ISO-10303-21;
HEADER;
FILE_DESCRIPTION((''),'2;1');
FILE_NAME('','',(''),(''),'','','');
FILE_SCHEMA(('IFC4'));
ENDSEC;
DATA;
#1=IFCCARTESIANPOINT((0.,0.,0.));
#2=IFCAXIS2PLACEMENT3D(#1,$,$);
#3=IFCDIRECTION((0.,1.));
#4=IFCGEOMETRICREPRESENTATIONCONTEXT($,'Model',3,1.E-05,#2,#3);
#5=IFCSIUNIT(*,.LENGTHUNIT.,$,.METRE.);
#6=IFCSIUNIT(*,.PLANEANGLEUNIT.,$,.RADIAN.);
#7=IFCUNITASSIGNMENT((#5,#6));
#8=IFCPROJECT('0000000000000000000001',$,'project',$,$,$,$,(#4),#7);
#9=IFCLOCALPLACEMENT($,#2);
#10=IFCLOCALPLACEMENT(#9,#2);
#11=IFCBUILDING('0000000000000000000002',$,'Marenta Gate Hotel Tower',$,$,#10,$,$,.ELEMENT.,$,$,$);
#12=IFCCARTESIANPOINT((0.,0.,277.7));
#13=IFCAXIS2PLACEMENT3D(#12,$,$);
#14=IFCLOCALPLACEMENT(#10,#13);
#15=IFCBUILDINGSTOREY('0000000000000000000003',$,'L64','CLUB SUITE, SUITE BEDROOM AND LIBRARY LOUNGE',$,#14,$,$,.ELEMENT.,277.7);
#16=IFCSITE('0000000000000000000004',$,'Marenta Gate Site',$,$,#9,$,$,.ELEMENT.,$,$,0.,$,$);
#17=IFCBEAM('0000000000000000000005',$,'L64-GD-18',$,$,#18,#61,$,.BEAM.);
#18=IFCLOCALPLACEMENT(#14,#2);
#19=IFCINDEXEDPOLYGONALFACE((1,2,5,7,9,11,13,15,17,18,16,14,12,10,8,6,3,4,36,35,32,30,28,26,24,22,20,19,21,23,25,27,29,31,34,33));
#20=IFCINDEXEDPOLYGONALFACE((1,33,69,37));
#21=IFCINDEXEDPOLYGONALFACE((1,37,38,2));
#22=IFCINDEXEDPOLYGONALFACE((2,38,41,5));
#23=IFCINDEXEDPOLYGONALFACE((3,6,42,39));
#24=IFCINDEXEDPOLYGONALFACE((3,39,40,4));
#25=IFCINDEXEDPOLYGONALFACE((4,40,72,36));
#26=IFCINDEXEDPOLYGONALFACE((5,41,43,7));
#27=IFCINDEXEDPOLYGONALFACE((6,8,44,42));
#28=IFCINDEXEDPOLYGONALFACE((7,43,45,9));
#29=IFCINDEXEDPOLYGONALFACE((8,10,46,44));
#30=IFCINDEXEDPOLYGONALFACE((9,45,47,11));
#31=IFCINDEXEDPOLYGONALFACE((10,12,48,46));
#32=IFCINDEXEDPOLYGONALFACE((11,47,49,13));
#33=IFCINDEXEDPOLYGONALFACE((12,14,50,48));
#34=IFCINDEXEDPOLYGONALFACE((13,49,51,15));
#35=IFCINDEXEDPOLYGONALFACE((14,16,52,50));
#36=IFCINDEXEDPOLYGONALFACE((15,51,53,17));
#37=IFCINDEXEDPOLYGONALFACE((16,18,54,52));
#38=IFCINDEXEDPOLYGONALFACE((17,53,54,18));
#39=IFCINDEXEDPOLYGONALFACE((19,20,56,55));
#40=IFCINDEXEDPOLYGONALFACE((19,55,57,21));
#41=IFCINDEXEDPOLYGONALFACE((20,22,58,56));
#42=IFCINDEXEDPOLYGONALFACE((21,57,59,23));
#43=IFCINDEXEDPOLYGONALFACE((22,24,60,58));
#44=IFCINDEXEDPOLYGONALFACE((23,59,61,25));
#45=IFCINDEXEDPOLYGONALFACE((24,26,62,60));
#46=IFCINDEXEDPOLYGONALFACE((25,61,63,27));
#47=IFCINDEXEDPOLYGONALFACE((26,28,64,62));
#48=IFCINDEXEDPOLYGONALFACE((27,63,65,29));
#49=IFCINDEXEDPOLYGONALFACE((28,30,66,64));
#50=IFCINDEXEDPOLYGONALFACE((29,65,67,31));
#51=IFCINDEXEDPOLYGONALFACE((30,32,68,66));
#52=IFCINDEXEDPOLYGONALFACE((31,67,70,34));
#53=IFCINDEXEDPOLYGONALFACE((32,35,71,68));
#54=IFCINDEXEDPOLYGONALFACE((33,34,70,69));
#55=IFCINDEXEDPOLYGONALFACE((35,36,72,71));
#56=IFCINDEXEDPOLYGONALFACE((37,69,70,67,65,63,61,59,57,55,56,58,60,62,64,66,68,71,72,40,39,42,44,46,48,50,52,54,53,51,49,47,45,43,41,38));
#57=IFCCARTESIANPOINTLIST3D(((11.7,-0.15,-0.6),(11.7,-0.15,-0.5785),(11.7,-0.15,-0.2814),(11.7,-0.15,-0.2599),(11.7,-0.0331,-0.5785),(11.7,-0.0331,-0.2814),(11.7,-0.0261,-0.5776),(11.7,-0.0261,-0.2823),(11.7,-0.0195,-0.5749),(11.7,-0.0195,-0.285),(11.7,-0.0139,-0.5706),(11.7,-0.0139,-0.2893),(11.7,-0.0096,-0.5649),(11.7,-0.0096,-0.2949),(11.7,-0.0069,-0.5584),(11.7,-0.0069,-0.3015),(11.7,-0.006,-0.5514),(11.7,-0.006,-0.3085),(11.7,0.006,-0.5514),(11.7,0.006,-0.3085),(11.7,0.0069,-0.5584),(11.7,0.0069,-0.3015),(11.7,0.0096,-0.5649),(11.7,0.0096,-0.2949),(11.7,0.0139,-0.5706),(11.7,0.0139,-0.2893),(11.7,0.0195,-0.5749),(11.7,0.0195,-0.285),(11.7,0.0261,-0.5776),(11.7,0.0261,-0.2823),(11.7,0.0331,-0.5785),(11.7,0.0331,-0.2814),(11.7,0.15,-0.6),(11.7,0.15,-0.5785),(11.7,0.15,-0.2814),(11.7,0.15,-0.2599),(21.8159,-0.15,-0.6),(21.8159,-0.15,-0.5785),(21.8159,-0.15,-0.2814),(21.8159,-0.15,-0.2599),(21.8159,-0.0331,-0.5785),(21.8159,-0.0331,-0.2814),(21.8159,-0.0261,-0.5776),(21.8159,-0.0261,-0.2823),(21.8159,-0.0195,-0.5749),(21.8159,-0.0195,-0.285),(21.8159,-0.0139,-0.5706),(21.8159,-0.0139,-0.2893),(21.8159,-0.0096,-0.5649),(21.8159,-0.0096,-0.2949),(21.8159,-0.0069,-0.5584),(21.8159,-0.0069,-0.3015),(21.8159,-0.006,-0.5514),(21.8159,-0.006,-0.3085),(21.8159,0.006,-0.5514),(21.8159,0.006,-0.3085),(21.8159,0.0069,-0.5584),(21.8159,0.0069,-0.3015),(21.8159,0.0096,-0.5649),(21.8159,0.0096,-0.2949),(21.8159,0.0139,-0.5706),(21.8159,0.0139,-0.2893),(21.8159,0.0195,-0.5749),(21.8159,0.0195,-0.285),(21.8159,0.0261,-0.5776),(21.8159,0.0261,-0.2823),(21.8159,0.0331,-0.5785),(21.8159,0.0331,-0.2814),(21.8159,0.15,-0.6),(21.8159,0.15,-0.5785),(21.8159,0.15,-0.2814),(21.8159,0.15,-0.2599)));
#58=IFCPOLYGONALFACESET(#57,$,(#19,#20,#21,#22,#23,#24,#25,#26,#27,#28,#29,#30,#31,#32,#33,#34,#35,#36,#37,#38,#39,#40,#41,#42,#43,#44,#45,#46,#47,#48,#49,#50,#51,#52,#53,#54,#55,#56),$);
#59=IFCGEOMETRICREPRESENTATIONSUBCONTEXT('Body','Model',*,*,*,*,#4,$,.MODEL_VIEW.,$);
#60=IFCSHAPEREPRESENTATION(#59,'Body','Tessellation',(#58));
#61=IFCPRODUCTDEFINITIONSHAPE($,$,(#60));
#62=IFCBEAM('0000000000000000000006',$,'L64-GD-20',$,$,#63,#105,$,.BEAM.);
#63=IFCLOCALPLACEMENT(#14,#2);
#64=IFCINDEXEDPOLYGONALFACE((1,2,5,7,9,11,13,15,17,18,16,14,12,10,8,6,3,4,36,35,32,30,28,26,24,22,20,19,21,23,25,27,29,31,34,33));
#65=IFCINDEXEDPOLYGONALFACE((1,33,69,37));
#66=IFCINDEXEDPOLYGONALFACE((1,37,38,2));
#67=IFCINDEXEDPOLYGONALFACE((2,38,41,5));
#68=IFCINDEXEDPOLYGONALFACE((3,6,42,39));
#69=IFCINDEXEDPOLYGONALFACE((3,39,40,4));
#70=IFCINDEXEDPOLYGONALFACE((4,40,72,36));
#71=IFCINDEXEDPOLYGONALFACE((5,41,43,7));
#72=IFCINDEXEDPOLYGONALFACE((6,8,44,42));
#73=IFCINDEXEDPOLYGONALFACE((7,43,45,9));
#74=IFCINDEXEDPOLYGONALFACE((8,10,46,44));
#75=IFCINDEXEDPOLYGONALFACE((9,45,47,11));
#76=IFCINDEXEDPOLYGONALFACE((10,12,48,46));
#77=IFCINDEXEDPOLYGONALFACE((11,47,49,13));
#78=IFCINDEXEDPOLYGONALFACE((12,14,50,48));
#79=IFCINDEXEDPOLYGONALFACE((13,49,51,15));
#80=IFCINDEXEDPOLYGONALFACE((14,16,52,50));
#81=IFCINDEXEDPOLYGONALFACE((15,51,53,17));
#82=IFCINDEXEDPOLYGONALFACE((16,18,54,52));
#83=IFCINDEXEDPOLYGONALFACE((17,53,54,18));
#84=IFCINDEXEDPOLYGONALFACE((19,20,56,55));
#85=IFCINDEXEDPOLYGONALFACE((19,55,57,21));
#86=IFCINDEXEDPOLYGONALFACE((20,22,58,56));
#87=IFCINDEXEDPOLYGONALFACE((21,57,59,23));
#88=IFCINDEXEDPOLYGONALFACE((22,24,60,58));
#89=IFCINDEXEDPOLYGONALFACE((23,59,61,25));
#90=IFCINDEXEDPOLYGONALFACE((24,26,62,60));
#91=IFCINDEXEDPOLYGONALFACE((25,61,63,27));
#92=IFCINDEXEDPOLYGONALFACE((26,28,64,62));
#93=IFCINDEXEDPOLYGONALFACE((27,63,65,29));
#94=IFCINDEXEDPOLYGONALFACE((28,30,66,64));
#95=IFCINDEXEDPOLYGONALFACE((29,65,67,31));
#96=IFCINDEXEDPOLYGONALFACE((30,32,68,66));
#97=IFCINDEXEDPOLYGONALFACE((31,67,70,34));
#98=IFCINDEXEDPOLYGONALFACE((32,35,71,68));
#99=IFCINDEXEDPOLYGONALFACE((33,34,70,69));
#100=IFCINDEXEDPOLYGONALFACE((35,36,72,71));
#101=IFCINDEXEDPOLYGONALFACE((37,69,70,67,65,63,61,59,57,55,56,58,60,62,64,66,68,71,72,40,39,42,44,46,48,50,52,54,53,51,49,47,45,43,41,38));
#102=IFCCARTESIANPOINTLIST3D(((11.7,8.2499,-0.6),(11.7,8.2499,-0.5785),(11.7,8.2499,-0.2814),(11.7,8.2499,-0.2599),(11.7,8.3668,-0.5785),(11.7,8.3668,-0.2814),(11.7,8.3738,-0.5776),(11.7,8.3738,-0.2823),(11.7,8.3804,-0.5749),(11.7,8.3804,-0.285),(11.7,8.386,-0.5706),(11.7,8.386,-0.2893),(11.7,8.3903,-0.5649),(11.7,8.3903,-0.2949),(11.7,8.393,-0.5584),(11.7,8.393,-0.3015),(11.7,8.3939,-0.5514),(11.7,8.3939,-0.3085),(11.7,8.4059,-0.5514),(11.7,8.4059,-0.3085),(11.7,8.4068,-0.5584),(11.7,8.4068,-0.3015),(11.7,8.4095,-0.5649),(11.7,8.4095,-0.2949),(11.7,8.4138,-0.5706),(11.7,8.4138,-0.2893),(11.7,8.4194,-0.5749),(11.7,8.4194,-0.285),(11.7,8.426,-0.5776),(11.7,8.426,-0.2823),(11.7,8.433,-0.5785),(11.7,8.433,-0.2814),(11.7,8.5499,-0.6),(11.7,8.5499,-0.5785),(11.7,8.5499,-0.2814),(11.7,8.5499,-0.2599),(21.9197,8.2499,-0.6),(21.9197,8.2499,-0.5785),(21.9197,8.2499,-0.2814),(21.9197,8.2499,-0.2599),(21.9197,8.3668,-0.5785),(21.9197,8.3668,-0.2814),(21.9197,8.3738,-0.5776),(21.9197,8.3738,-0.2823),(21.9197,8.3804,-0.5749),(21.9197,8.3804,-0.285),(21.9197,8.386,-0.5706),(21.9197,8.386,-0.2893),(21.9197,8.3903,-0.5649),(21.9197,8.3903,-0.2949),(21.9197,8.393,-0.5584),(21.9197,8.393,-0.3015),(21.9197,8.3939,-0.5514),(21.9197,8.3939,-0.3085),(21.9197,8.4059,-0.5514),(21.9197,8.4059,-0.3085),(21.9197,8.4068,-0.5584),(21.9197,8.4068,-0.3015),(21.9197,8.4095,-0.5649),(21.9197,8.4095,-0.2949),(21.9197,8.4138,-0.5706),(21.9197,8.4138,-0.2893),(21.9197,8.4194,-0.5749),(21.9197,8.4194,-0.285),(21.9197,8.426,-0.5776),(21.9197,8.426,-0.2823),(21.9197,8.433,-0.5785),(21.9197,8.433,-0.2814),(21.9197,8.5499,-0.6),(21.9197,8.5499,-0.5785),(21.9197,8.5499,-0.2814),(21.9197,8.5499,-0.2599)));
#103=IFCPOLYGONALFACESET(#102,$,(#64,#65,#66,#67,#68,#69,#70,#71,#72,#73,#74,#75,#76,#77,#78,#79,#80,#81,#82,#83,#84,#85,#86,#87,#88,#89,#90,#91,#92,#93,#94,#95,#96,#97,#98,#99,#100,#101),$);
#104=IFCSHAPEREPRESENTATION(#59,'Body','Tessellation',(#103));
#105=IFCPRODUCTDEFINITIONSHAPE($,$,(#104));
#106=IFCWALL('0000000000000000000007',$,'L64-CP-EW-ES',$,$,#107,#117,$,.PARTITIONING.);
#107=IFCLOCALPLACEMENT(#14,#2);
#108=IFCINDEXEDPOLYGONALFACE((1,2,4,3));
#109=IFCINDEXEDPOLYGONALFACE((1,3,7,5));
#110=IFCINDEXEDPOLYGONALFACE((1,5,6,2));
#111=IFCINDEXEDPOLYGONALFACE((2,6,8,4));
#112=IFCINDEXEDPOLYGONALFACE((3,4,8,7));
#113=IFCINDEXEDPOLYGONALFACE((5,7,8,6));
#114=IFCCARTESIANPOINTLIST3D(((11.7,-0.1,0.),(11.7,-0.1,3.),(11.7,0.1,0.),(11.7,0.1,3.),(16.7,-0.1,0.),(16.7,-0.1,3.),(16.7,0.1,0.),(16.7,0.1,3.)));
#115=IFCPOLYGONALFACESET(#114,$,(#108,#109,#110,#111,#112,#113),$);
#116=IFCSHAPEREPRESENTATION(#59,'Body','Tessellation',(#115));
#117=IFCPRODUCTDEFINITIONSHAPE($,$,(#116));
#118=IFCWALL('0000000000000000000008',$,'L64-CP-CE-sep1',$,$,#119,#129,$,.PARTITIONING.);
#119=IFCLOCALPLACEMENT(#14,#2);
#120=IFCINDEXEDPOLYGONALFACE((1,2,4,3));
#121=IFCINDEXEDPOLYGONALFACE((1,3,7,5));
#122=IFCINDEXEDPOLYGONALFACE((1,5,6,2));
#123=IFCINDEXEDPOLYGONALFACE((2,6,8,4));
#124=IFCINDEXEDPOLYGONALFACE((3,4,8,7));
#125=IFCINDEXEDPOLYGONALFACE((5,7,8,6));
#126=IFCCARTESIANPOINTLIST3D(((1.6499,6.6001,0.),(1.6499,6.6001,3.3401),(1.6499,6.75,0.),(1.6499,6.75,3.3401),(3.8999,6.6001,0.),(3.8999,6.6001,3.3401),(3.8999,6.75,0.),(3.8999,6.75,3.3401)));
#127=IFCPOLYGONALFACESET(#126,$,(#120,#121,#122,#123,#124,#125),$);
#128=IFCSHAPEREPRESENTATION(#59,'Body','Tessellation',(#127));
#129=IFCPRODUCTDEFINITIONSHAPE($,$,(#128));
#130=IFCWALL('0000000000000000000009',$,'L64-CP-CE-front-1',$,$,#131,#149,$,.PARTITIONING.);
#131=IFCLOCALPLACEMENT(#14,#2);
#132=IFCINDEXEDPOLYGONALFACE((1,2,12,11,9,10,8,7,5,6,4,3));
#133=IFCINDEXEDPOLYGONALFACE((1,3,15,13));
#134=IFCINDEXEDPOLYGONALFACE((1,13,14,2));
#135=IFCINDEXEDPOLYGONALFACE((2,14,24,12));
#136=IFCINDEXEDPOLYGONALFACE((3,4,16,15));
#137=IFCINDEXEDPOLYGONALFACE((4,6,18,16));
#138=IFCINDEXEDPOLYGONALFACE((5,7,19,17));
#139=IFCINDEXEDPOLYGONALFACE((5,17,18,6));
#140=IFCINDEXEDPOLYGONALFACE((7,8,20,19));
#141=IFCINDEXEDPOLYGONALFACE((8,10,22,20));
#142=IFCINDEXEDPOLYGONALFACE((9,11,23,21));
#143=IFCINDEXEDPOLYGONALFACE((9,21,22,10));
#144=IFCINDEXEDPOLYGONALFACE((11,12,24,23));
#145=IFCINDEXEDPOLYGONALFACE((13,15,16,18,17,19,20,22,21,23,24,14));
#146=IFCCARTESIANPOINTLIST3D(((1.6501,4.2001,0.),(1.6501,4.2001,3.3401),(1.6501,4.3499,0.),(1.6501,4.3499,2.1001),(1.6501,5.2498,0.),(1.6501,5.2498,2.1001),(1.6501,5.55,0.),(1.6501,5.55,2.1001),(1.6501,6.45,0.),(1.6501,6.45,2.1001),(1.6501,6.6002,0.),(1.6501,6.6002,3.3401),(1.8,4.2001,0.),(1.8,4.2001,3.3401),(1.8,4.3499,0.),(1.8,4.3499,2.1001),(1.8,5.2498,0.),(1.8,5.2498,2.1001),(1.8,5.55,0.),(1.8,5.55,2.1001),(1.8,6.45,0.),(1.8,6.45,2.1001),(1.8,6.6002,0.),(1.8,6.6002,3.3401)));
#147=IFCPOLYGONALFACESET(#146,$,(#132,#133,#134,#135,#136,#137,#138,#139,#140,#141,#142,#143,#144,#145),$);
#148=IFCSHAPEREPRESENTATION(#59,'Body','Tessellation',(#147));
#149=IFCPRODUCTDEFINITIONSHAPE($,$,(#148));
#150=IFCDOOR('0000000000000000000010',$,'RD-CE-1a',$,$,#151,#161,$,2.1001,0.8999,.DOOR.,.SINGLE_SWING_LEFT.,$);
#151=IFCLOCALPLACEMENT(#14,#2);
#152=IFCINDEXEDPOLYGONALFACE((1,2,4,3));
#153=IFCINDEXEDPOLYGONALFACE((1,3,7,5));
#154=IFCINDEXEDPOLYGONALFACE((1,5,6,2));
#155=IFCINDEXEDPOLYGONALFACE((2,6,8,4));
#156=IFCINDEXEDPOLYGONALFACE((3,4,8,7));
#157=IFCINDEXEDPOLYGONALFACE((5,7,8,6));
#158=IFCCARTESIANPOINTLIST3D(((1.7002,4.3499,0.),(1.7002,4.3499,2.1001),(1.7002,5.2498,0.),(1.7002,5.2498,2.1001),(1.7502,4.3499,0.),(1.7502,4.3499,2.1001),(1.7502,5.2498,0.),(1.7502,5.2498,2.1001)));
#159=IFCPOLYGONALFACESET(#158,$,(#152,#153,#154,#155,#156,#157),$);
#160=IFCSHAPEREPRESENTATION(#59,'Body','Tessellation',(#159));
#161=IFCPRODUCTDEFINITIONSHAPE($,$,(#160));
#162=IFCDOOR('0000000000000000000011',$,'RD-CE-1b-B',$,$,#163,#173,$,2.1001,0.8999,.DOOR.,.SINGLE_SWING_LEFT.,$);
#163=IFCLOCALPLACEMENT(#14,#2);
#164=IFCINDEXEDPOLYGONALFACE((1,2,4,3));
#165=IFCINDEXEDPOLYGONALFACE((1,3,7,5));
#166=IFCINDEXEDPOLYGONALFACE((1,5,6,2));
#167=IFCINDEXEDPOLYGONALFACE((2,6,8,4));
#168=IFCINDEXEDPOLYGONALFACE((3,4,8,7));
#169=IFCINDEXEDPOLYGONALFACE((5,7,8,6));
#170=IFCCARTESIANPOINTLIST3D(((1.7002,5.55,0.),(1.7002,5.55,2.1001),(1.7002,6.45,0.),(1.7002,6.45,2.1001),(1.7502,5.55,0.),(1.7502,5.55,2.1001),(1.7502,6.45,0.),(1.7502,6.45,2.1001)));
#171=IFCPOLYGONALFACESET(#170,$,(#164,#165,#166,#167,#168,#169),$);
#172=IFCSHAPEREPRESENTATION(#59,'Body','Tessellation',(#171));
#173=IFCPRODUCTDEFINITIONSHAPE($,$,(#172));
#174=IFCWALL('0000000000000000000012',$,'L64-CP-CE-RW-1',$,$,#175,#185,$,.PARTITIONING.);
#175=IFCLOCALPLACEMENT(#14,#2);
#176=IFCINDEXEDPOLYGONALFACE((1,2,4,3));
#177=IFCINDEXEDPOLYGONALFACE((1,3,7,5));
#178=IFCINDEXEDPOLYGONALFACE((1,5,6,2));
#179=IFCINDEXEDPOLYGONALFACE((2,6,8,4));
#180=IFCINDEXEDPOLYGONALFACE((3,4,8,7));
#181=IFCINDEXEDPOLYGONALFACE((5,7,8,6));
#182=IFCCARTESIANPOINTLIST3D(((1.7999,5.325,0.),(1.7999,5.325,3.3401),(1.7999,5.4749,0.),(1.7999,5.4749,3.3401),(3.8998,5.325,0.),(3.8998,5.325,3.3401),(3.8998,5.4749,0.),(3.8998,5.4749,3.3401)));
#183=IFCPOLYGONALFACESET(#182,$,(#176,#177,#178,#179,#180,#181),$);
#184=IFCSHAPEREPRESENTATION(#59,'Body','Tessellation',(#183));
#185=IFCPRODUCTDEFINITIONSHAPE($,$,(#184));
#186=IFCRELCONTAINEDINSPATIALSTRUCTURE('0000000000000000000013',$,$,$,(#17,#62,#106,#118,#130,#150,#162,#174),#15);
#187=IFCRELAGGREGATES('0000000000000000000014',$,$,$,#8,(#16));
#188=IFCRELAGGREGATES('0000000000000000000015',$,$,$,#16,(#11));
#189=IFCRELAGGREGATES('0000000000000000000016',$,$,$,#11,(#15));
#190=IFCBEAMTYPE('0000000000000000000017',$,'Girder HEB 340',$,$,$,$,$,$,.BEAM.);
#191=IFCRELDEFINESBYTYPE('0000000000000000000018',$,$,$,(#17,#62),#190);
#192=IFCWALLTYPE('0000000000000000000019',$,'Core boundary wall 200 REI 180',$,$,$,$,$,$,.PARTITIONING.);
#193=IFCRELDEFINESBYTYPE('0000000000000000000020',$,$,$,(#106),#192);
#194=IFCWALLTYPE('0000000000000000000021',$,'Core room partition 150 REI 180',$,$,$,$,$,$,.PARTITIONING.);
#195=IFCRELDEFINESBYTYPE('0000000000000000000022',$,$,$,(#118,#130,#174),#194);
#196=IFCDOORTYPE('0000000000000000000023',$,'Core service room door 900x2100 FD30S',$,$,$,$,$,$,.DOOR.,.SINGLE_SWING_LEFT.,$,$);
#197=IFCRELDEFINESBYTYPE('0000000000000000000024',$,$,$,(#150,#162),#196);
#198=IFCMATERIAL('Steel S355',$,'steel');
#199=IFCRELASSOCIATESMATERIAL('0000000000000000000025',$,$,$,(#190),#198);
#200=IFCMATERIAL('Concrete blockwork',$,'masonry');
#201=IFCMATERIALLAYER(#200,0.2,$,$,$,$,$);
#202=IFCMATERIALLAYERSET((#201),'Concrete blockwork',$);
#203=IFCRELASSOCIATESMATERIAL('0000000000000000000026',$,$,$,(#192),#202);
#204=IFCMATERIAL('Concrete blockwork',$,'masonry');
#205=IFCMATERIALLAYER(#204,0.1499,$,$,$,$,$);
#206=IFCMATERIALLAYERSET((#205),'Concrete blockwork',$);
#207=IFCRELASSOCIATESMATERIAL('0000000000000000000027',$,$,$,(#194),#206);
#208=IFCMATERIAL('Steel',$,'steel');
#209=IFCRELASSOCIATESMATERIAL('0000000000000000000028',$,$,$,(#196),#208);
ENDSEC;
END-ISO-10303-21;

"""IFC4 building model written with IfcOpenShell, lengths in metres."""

from ifc_helpers import new_model, si_unit, direction, frame, frame_2d, origin, origin_2d, place, context, subcontext, project, spatial, rectangle, i_section, extrude, material, layer, layer_set, material_profile, profile_set, type_object, element, fill, save


model = new_model("IFC4")

# Units and contexts
model_context = context("Model", 3, precision=1e-05, world=origin(), true_north=direction((0.0, 1.0)))
body_context = subcontext(model_context, "Body", "Model", "MODEL_VIEW")
ifc_project = project(units=[si_unit("LENGTHUNIT", "METRE"), si_unit("PLANEANGLEUNIT", "RADIAN")], contexts=[model_context])

# Site, building, storey
site_placement = place(None, origin())
site = spatial("IfcSite", under=ifc_project, at=site_placement, Name="Marenta Gate Site", CompositionType="ELEMENT", RefElevation=0.0)
building_placement = place(site_placement, origin())
building = spatial("IfcBuilding", under=site, at=building_placement, Name="Marenta Gate Hotel Tower", CompositionType="ELEMENT")
storey_placement = place(building_placement, frame((0.0, 0.0, 277.7)))
storey = spatial("IfcBuildingStorey", under=building, at=storey_placement, Name="L64", Description="CLUB SUITE, SUITE BEDROOM AND LIBRARY LOUNGE", CompositionType="ELEMENT", Elevation=277.7)

# Beams
ifc_material_1 = material(Name="Steel S355", Category="steel")
ifc_material_profile = material_profile(ifc_material_1, i_section(OverallWidth=0.3, OverallDepth=0.3401, WebThickness=0.012, FlangeThickness=0.0215, FilletRadius=0.0271, at=origin_2d()), Name="HEB 340")
ifc_profile_set = profile_set([ifc_material_profile], Name="Steel S355")
beam_type = type_object("IfcBeamType", Name="Girder HEB 340", PredefinedType="BEAM", material=ifc_profile_set)
beam_1_placement = place(storey_placement, frame((11.7, 0.0, -0.4299), z_axis=(1.0, 0.0, 0.0), x_axis=(0.0, 1.0, 0.0)))
element("IfcBeam", 1, at=beam_1_placement, inside=storey, type_object=beam_type, Name="L64-GD-18", PredefinedType="BEAM", context=body_context, shape_type="SweptSolid", body=[
    extrude(i_section(OverallWidth=0.3, OverallDepth=0.3401, WebThickness=0.012, FlangeThickness=0.0215, FilletRadius=0.0271, at=origin_2d()), origin(), (0.0, 0.0, 1.0), 10.116),
])
beam_2_placement = place(storey_placement, frame((11.7, 8.3999, -0.4299), z_axis=(1.0, 0.0, 0.0), x_axis=(0.0, 1.0, 0.0)))
element("IfcBeam", 2, at=beam_2_placement, inside=storey, type_object=beam_type, Name="L64-GD-20", PredefinedType="BEAM", context=body_context, shape_type="SweptSolid", body=[
    extrude(i_section(OverallWidth=0.3, OverallDepth=0.3401, WebThickness=0.012, FlangeThickness=0.0215, FilletRadius=0.0271, at=origin_2d()), origin(), (0.0, 0.0, 1.0), 10.2197),
])

# Walls
ifc_material_2 = material(Name="Concrete blockwork", Category="masonry")
ifc_layer_1 = layer(ifc_material_2, 0.2)
ifc_layer_set_1 = layer_set([ifc_layer_1], Name="Concrete blockwork")
wall_type_1 = type_object("IfcWallType", Name="Core boundary wall 200 REI 180", PredefinedType="PARTITIONING", material=ifc_layer_set_1)
wall_1_placement = place(storey_placement, frame((11.7, 0.0, 0.0), z_axis=(0.0, 0.0, 1.0), x_axis=(1.0, 0.0, 0.0)))
element("IfcWall", 3, at=wall_1_placement, inside=storey, type_object=wall_type_1, Name="L64-CP-EW-ES", PredefinedType="PARTITIONING", context=body_context, shape_type="SweptSolid", body=[
    extrude(rectangle(XDim=5.0, YDim=0.2, at=frame_2d((2.5, 0.0))), origin(), (0.0, 0.0, 1.0), 3.0),
])
ifc_material_3 = material(Name="Concrete blockwork", Category="masonry")
ifc_layer_2 = layer(ifc_material_3, 0.1499)
ifc_layer_set_2 = layer_set([ifc_layer_2], Name="Concrete blockwork")
wall_type_2 = type_object("IfcWallType", Name="Core room partition 150 REI 180", PredefinedType="PARTITIONING", material=ifc_layer_set_2)
wall_2_placement = place(storey_placement, frame((1.6499, 6.675, 0.0), z_axis=(0.0, 0.0, 1.0), x_axis=(1.0, 0.0, 0.0)))
element("IfcWall", 4, at=wall_2_placement, inside=storey, type_object=wall_type_2, Name="L64-CP-CE-sep1", PredefinedType="PARTITIONING", context=body_context, shape_type="SweptSolid", body=[
    extrude(rectangle(XDim=2.25, YDim=0.1499, at=frame_2d((1.125, 0.0))), origin(), (0.0, 0.0, 1.0), 3.3401),
])

# Wall, openings, doors
wall_3_placement = place(storey_placement, frame((1.7251, 4.2, 0.0), z_axis=(0.0, 0.0, 1.0), x_axis=(0.0, 1.0, 0.0)))
wall_3 = element("IfcWall", 5, at=wall_3_placement, inside=storey, type_object=wall_type_2, Name="L64-CP-CE-front-1", PredefinedType="PARTITIONING", context=body_context, shape_type="SweptSolid", body=[
    extrude(rectangle(XDim=2.4001, YDim=0.1499, at=frame_2d((1.2002, 0.0))), origin(), (0.0, 0.0, 1.0), 3.3401),
])
opening_1_placement = place(wall_3_placement, frame((0.1499, 0.0, 0.0)))
opening_1 = element("IfcOpeningElement", 6, at=opening_1_placement, cuts=wall_3, PredefinedType="OPENING", context=body_context, shape_type="SweptSolid", body=[
    extrude(rectangle(XDim=0.8999, YDim=2.1001, at=frame_2d((0.45, 1.05))), frame((0.0, 0.075, 0.0), z_axis=(0.0, -1.0, 0.0), x_axis=(1.0, 0.0, 0.0)), (0.0, 0.0, 1.0), 0.1499),
])
opening_2_placement = place(wall_3_placement, frame((1.3501, 0.0, 0.0)))
opening_2 = element("IfcOpeningElement", 7, at=opening_2_placement, cuts=wall_3, PredefinedType="OPENING", context=body_context, shape_type="SweptSolid", body=[
    extrude(rectangle(XDim=0.8999, YDim=2.1001, at=frame_2d((0.45, 1.05))), frame((0.0, 0.075, 0.0), z_axis=(0.0, -1.0, 0.0), x_axis=(1.0, 0.0, 0.0)), (0.0, 0.0, 1.0), 0.1499),
])
ifc_material_4 = material(Name="Steel", Category="steel")
door_type_1 = type_object("IfcDoorType", Name="Core service room door 900x2100 FD30S", OperationType="SINGLE_SWING_LEFT", PredefinedType="DOOR", material=ifc_material_4)
door_1_placement = place(opening_1_placement, origin())
door_1 = element("IfcDoor", 8, at=door_1_placement, inside=storey, type_object=door_type_1, Name="RD-CE-1a", OperationType="SINGLE_SWING_LEFT", OverallHeight=2.1001, OverallWidth=0.8999, PredefinedType="DOOR", context=body_context, shape_type="SweptSolid", body=[
    extrude(rectangle(XDim=0.8999, YDim=2.1001, at=frame_2d((0.45, 1.05))), frame((0.0, 0.0249, 0.0), z_axis=(0.0, -1.0, 0.0), x_axis=(1.0, 0.0, 0.0)), (0.0, 0.0, 1.0), 0.05),
])
fill(opening_1, door_1)
door_2_placement = place(opening_2_placement, origin())
door_2 = element("IfcDoor", 9, at=door_2_placement, inside=storey, type_object=door_type_1, Name="RD-CE-1b-B", OperationType="SINGLE_SWING_LEFT", OverallHeight=2.1001, OverallWidth=0.8999, PredefinedType="DOOR", context=body_context, shape_type="SweptSolid", body=[
    extrude(rectangle(XDim=0.8999, YDim=2.1001, at=frame_2d((0.45, 1.05))), frame((0.0, 0.0249, 0.0), z_axis=(0.0, -1.0, 0.0), x_axis=(1.0, 0.0, 0.0)), (0.0, 0.0, 1.0), 0.05),
])
fill(opening_2, door_2)

# Wall
wall_4_placement = place(storey_placement, frame((1.8, 5.3999, 0.0), z_axis=(0.0, 0.0, 1.0), x_axis=(1.0, 0.0, 0.0)))
element("IfcWall", 10, at=wall_4_placement, inside=storey, type_object=wall_type_2, Name="L64-CP-CE-RW-1", PredefinedType="PARTITIONING", context=body_context, shape_type="SweptSolid", body=[
    extrude(rectangle(XDim=2.0999, YDim=0.1499, at=frame_2d((1.0498, 0.0))), origin(), (0.0, 0.0, 1.0), 3.3401),
])

save(model, "model.ifc")
